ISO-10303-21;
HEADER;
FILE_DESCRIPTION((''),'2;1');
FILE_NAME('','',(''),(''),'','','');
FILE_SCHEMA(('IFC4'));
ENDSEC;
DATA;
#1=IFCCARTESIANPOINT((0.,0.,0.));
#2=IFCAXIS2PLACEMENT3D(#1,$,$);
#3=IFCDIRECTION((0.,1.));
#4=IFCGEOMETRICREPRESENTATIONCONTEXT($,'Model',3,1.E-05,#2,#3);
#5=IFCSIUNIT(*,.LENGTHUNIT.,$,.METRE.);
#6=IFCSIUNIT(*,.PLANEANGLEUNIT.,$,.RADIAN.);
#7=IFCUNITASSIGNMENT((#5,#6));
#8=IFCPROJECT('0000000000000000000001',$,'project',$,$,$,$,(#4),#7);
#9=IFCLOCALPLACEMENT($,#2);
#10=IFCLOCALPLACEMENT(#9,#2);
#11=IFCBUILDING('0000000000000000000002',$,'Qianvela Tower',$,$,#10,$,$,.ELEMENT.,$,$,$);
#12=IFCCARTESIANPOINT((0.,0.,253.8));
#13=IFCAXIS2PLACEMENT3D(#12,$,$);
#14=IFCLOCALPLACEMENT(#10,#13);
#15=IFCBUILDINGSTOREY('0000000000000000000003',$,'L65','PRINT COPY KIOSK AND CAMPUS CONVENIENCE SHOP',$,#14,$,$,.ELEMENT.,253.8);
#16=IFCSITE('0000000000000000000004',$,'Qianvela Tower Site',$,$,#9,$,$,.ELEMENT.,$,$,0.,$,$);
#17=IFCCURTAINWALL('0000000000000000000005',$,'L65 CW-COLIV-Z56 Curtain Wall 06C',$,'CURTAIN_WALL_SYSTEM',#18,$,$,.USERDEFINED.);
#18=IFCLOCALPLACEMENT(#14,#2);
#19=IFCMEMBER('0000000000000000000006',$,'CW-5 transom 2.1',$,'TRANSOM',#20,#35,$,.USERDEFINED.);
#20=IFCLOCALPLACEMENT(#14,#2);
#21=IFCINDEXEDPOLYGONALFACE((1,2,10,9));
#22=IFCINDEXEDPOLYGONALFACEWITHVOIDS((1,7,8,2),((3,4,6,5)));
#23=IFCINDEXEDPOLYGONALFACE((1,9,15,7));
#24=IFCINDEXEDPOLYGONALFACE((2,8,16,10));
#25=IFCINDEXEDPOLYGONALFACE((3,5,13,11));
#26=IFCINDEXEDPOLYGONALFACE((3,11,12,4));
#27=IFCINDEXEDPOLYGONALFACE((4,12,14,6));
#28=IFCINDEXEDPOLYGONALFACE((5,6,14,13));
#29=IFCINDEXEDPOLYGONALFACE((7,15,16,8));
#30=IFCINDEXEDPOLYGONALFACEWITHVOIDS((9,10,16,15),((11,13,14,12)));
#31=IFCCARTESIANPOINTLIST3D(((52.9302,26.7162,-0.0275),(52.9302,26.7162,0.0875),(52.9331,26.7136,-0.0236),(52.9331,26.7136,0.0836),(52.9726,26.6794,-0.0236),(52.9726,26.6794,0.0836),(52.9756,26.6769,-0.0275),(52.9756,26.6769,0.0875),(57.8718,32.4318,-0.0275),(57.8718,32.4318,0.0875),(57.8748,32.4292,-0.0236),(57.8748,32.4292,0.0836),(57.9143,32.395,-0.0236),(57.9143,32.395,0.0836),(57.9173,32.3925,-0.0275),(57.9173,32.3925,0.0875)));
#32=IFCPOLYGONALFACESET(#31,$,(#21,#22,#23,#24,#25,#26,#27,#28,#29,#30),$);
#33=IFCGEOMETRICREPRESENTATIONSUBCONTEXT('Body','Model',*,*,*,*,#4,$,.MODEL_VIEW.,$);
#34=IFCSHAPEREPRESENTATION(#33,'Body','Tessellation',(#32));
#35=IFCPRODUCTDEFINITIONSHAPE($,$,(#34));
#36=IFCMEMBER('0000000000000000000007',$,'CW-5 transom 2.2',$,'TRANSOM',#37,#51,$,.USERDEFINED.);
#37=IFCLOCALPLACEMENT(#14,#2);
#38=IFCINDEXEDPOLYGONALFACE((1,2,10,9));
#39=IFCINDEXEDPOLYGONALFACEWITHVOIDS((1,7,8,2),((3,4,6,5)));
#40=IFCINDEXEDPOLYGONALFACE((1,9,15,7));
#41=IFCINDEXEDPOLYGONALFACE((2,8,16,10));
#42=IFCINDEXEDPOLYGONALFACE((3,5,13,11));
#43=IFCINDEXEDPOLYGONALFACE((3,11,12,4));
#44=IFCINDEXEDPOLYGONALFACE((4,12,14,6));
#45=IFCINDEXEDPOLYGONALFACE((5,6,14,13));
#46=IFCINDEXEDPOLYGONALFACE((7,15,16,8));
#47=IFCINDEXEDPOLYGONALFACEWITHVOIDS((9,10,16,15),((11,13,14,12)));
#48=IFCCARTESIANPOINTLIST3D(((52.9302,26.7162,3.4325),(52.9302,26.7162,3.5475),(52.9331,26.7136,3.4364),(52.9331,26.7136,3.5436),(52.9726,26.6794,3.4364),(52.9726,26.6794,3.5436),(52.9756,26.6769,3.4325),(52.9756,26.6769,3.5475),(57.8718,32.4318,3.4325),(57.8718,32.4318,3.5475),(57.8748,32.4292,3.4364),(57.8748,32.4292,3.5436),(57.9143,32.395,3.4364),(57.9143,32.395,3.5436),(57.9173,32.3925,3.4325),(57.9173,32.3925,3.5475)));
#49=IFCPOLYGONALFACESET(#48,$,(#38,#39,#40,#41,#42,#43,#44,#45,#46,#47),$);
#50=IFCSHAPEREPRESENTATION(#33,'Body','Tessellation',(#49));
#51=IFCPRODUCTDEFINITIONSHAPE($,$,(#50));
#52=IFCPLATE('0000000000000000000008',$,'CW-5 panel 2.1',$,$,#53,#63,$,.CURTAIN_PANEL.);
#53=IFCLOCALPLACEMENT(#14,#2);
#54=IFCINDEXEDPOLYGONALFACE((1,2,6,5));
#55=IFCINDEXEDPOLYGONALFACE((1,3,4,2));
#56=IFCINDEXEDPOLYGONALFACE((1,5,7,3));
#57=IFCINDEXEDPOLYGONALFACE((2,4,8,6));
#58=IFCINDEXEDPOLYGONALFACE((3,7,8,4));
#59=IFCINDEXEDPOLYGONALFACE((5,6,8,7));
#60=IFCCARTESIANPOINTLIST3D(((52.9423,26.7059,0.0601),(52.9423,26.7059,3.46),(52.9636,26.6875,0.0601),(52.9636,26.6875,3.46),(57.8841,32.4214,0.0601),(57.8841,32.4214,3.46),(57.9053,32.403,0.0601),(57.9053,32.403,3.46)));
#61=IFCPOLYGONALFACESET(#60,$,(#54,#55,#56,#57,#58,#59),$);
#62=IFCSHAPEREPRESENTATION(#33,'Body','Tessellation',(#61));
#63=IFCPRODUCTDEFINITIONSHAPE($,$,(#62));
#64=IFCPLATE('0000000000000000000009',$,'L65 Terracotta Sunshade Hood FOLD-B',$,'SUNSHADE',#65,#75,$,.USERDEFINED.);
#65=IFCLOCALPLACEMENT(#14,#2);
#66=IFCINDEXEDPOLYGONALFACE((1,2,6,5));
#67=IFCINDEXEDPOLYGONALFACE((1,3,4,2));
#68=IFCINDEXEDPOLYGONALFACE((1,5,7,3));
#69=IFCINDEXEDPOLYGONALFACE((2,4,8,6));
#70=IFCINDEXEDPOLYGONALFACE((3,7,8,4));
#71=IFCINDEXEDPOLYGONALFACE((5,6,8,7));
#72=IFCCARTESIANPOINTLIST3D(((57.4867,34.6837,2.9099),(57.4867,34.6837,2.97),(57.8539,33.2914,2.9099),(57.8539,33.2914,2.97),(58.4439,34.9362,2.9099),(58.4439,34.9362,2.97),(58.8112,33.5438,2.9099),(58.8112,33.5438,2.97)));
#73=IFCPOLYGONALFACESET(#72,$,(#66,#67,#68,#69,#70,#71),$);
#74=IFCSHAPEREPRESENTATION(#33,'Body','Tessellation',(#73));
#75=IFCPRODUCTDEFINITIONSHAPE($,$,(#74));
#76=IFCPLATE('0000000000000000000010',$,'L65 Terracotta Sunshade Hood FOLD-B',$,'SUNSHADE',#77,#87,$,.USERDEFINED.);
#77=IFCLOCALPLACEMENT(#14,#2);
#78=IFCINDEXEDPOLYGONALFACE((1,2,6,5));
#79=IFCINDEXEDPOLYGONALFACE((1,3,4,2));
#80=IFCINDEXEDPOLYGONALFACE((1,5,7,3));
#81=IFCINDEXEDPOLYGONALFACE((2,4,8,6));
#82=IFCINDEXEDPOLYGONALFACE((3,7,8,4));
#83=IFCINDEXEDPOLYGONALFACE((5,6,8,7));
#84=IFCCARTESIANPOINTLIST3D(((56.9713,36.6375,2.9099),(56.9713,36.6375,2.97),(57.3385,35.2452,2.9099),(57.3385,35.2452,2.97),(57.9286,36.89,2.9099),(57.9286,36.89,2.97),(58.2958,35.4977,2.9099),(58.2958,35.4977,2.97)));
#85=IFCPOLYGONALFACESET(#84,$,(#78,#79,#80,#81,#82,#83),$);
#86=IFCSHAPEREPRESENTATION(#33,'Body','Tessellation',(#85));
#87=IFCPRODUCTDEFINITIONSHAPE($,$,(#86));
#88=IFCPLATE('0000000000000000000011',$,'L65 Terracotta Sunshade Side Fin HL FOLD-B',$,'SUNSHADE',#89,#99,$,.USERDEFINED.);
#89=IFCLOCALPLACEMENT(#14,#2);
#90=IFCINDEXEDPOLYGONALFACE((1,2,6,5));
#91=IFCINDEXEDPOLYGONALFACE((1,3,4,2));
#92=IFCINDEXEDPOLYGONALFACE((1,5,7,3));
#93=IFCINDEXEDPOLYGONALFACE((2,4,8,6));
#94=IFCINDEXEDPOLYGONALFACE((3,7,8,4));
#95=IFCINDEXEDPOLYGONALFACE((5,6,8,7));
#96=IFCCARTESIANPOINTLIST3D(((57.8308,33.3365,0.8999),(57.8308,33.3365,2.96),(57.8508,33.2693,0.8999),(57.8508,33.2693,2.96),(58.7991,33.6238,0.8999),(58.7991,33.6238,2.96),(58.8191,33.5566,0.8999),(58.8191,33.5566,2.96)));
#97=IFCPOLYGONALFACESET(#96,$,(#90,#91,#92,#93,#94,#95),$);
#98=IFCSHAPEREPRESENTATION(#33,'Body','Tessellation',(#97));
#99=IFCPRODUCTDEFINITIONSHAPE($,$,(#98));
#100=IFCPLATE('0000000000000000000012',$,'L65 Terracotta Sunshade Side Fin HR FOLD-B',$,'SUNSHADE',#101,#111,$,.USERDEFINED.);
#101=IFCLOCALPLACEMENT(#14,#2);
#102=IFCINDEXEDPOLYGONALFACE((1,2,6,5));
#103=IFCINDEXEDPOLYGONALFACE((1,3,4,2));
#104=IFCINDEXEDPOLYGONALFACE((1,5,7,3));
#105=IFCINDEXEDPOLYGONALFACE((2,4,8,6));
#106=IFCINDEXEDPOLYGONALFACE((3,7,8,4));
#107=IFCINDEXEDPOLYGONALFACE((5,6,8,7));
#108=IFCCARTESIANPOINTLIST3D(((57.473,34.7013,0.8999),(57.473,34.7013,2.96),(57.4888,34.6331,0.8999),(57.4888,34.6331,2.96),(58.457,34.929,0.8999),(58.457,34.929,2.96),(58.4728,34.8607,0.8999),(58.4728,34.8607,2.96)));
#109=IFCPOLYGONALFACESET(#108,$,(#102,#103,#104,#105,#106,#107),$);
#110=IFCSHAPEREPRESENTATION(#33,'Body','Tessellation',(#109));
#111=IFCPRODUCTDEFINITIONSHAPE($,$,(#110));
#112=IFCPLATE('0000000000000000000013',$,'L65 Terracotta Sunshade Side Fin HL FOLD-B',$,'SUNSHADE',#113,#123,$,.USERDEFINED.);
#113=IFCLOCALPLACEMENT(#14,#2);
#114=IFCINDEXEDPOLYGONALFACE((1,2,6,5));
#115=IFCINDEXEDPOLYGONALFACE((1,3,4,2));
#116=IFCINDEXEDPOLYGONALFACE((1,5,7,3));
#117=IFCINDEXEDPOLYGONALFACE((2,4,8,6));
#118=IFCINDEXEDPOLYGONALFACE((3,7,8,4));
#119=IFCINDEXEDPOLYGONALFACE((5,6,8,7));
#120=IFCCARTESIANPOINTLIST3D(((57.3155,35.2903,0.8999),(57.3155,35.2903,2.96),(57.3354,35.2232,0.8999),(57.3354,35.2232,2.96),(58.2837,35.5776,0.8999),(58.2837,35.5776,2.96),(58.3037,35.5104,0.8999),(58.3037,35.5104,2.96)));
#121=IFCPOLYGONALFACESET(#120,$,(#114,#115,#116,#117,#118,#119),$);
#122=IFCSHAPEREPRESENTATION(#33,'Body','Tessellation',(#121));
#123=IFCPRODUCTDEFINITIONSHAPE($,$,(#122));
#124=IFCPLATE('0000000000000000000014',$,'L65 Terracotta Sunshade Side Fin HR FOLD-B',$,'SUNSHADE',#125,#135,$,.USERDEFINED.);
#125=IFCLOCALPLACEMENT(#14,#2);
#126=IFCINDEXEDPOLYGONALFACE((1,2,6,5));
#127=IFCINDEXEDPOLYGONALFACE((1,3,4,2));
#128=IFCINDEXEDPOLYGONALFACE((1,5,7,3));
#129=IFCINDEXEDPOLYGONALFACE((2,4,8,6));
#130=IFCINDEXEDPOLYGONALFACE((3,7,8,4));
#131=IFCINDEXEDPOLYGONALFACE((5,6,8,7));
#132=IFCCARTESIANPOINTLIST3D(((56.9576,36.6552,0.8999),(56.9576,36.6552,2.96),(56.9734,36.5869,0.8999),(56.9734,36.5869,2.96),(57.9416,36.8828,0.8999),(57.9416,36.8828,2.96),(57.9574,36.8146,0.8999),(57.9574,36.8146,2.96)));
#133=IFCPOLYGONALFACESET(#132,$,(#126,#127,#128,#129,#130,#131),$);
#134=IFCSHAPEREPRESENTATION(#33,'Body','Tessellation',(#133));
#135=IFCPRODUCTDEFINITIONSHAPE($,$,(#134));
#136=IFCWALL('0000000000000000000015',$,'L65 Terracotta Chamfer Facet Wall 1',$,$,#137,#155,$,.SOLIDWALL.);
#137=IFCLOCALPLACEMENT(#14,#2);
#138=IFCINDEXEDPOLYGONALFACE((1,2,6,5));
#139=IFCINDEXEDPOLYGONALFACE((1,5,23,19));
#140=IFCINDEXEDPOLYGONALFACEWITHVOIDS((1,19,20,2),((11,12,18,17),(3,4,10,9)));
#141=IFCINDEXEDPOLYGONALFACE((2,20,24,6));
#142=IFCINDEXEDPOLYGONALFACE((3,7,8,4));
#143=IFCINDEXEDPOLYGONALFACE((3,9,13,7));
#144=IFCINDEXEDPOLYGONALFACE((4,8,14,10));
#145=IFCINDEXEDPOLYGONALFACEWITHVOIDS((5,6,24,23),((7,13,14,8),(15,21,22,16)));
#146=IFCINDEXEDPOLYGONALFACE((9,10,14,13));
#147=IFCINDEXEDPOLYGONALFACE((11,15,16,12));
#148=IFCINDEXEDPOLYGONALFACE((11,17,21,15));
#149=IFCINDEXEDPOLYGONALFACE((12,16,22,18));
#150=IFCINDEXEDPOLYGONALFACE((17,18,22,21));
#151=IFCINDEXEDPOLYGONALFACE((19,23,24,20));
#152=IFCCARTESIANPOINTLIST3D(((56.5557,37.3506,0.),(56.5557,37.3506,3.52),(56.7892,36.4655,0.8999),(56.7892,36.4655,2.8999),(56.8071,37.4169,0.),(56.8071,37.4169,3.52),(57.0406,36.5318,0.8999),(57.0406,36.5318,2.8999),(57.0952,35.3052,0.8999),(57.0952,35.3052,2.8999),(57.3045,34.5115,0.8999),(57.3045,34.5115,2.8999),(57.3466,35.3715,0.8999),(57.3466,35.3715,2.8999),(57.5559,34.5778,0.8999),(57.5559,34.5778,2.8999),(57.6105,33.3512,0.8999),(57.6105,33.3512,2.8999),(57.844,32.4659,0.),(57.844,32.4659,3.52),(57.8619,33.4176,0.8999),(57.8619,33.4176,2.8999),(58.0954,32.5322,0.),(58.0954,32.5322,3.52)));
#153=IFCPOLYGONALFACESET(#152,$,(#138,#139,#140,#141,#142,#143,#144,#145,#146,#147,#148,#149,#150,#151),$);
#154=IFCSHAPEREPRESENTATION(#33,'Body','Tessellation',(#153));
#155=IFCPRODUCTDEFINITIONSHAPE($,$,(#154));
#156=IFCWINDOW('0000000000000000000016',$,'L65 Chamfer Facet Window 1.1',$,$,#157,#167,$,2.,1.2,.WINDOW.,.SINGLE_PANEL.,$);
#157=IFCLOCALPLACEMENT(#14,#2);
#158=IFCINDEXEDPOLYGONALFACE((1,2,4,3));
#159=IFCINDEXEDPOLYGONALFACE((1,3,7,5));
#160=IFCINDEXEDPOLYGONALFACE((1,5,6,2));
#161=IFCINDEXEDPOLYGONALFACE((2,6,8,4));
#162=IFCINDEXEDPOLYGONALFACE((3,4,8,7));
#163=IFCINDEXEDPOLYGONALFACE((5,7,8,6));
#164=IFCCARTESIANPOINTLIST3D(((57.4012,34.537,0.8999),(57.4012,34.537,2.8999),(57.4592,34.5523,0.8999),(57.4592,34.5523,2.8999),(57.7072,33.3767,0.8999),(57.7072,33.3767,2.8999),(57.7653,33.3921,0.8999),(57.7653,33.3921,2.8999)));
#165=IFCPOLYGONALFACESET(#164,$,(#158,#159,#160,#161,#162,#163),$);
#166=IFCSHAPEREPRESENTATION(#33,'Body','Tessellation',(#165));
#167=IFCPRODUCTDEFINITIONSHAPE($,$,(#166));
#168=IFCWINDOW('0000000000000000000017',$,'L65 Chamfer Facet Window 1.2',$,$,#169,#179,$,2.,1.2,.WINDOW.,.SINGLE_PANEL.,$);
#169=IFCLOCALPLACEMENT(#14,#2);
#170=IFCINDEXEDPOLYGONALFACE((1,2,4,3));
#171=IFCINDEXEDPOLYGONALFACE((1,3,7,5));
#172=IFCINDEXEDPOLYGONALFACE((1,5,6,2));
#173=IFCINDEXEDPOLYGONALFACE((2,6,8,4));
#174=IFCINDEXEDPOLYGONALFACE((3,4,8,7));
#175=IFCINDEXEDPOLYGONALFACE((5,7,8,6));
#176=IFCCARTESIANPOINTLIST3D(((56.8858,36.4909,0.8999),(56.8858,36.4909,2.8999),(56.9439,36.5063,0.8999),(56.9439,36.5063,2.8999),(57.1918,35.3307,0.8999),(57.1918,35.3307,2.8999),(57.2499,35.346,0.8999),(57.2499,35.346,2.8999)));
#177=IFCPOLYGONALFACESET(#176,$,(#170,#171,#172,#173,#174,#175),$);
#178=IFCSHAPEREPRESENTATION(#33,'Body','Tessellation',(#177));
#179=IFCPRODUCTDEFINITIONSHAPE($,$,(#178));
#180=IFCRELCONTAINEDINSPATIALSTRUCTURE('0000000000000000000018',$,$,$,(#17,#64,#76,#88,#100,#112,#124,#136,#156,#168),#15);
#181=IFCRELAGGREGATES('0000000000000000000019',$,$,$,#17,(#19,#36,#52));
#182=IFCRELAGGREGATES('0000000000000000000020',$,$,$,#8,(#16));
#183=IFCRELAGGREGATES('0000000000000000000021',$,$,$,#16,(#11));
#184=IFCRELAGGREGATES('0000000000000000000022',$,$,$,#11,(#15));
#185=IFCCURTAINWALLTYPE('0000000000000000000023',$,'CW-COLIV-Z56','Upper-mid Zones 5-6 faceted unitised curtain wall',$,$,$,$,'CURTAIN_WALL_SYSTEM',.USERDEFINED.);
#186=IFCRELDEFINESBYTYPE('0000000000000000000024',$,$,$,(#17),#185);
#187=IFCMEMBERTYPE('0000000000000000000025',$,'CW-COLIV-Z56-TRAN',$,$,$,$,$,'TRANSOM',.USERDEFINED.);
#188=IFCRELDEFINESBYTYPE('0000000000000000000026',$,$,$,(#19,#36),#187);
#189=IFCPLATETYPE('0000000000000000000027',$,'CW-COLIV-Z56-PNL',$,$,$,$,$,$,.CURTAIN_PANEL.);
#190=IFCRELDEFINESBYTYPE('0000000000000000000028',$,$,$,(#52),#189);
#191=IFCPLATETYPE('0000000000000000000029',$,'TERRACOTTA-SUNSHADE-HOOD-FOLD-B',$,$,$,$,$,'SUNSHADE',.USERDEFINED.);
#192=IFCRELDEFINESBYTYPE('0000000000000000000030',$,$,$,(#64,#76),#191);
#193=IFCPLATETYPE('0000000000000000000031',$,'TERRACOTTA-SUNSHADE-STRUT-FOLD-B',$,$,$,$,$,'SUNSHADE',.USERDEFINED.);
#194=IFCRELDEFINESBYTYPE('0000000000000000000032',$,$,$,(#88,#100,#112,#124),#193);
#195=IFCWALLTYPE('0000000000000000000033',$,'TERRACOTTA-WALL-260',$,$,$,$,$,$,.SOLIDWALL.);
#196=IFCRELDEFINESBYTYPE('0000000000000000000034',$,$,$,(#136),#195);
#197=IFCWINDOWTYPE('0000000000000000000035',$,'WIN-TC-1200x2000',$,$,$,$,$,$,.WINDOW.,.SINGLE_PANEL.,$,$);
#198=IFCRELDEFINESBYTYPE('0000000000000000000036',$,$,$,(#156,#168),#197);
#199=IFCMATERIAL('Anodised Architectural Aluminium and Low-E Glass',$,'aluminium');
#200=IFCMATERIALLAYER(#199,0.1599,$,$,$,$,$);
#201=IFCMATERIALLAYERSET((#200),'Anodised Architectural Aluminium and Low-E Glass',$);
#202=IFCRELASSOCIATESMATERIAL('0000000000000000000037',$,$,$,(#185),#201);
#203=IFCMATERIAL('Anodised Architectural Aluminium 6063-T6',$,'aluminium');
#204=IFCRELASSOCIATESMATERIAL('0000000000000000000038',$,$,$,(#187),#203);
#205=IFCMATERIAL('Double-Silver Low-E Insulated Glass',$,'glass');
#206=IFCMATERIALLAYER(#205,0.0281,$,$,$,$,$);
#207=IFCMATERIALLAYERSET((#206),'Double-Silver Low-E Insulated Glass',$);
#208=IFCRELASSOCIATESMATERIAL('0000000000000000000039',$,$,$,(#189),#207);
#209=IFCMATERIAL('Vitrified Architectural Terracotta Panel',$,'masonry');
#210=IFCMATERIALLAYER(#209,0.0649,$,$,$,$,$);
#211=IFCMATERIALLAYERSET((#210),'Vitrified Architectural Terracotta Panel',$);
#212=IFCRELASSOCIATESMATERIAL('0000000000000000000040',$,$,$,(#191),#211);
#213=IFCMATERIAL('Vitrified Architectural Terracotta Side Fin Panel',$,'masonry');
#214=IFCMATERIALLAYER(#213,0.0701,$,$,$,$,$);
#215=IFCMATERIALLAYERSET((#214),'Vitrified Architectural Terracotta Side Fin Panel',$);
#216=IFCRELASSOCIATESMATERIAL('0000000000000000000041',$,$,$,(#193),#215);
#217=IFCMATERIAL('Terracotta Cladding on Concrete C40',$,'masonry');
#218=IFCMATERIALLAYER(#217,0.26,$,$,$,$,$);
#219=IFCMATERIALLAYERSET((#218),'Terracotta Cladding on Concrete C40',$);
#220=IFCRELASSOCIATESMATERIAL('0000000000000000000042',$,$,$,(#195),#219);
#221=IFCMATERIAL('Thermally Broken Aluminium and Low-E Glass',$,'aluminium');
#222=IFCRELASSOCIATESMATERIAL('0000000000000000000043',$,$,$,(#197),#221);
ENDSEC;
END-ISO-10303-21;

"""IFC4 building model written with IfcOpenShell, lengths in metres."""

from ifc_helpers import new_model, si_unit, direction, frame, frame_2d, origin, origin_2d, place, context, subcontext, project, spatial, rectangle, hollow_rectangle, extrude, material, layer, layer_set, material_profile, profile_set, type_object, element, fill, aggregate, save


model = new_model("IFC4")

# Units and contexts
model_context = context("Model", 3, precision=1e-05, world=origin(), true_north=direction((0.0, 1.0)))
body_context = subcontext(model_context, "Body", "Model", "MODEL_VIEW")
ifc_project = project(units=[si_unit("LENGTHUNIT", "METRE"), si_unit("PLANEANGLEUNIT", "RADIAN")], contexts=[model_context])

# Site, building, storey
site_placement = place(None, origin())
site = spatial("IfcSite", under=ifc_project, at=site_placement, Name="Qianvela Tower Site", CompositionType="ELEMENT", RefElevation=0.0)
building_placement = place(site_placement, origin())
building = spatial("IfcBuilding", under=site, at=building_placement, Name="Qianvela Tower", CompositionType="ELEMENT")
storey_placement = place(building_placement, frame((0.0, 0.0, 253.8)))
storey = spatial("IfcBuildingStorey", under=building, at=storey_placement, Name="L65", Description="PRINT COPY KIOSK AND CAMPUS CONVENIENCE SHOP", CompositionType="ELEMENT", Elevation=253.8)

# Curtain wall
ifc_material_1 = material(Name="Anodised Architectural Aluminium and Low-E Glass", Category="aluminium")
ifc_layer_1 = layer(ifc_material_1, 0.1599)
ifc_layer_set_1 = layer_set([ifc_layer_1], Name="Anodised Architectural Aluminium and Low-E Glass")
curtain_wall_type = type_object("IfcCurtainWallType", Name="CW-COLIV-Z56", Description="Upper-mid Zones 5-6 faceted unitised curtain wall", ElementType="CURTAIN_WALL_SYSTEM", PredefinedType="USERDEFINED", material=ifc_layer_set_1)
curtain_wall_1_placement = place(storey_placement, origin())
curtain_wall_1 = element("IfcCurtainWall", 1, at=curtain_wall_1_placement, inside=storey, type_object=curtain_wall_type, Name="L65 CW-COLIV-Z56 Curtain Wall 06C", ObjectType="CURTAIN_WALL_SYSTEM", PredefinedType="USERDEFINED")

# Members
ifc_material_2 = material(Name="Anodised Architectural Aluminium 6063-T6", Category="aluminium")
ifc_material_profile_1 = material_profile(ifc_material_2, hollow_rectangle(XDim=0.0601, YDim=0.115, WallThickness=0.0039, at=origin_2d()), Name="ALU-TRAN-60x115")
ifc_profile_set_1 = profile_set([ifc_material_profile_1], Name="Anodised Architectural Aluminium 6063-T6")
member_type_1 = type_object("IfcMemberType", Name="CW-COLIV-Z56-TRAN", ElementType="TRANSOM", PredefinedType="USERDEFINED", material=ifc_profile_set_1)
member_1_placement = place(storey_placement, frame((52.9529, 26.6965, 0.03), z_axis=(0.654035, 0.756465, 0.0), x_axis=(-0.756465, 0.654035, 0.0)))
member_1 = element("IfcMember", 2, at=member_1_placement, type_object=member_type_1, Name="CW-5 transom 2.1", ObjectType="TRANSOM", PredefinedType="USERDEFINED", context=body_context, shape_type="SweptSolid", body=[
    extrude(hollow_rectangle(XDim=0.0601, YDim=0.115, WallThickness=0.0039, at=origin_2d()), origin(), (0.0, 0.0, 1.0), 7.5557),
])
member_2_placement = place(storey_placement, frame((52.9529, 26.6965, 3.49), z_axis=(0.654035, 0.756465, 0.0), x_axis=(-0.756465, 0.654035, 0.0)))
member_2 = element("IfcMember", 3, at=member_2_placement, type_object=member_type_1, Name="CW-5 transom 2.2", ObjectType="TRANSOM", PredefinedType="USERDEFINED", context=body_context, shape_type="SweptSolid", body=[
    extrude(hollow_rectangle(XDim=0.0601, YDim=0.115, WallThickness=0.0039, at=origin_2d()), origin(), (0.0, 0.0, 1.0), 7.5557),
])

# Plate
ifc_material_3 = material(Name="Double-Silver Low-E Insulated Glass", Category="glass")
ifc_layer_2 = layer(ifc_material_3, 0.0281)
ifc_layer_set_2 = layer_set([ifc_layer_2], Name="Double-Silver Low-E Insulated Glass")
plate_type_1 = type_object("IfcPlateType", Name="CW-COLIV-Z56-PNL", PredefinedType="CURTAIN_PANEL", material=ifc_layer_set_2)
plate_placement = place(storey_placement, frame((55.4238, 29.5544, 0.0601), z_axis=(0.0, 0.0, 1.0), x_axis=(0.654043, 0.756458, 0.0)))
plate = element("IfcPlate", 4, at=plate_placement, type_object=plate_type_1, Name="CW-5 panel 2.1", PredefinedType="CURTAIN_PANEL", context=body_context, shape_type="SweptSolid", body=[
    extrude(rectangle(XDim=7.5557, YDim=0.0281, at=origin_2d()), origin(), (0.0, 0.0, 1.0), 3.3999),
])
aggregate(curtain_wall_1, [member_1, member_2, plate])

# Plates
ifc_material_4 = material(Name="Vitrified Architectural Terracotta Panel", Category="masonry")
ifc_layer_3 = layer(ifc_material_4, 0.0649)
ifc_layer_set_3 = layer_set([ifc_layer_3], Name="Vitrified Architectural Terracotta Panel")
plate_type_2 = type_object("IfcPlateType", Name="TERRACOTTA-SUNSHADE-HOOD-FOLD-B", ElementType="SUNSHADE", PredefinedType="USERDEFINED", material=ifc_layer_set_3)
for number, where, z_axis, x_axis, name in (
    (5, (58.1489, 34.1138, 2.9099), (0.0, 0.0, 1.0), (-0.255036, 0.966932, 0.0), "L65 Terracotta Sunshade Hood FOLD-B"),
    (6, (57.6335, 36.0676, 2.9099), (0.0, 0.0, 1.0), (-0.255036, 0.966932, 0.0), "L65 Terracotta Sunshade Hood FOLD-B"),
):
    element("IfcPlate", number, at=place(storey_placement, frame(where, z_axis=z_axis, x_axis=x_axis)), inside=storey, type_object=plate_type_2, Name=name, ObjectType="SUNSHADE", PredefinedType="USERDEFINED", context=body_context, shape_type="SweptSolid", body=[
        extrude(rectangle(XDim=1.4399, YDim=0.99, at=origin_2d()), origin(), (0.0, 0.0, 1.0), 0.0601),
    ])
ifc_material_5 = material(Name="Vitrified Architectural Terracotta Side Fin Panel", Category="masonry")
ifc_layer_4 = layer(ifc_material_5, 0.0701)
ifc_layer_set_4 = layer_set([ifc_layer_4], Name="Vitrified Architectural Terracotta Side Fin Panel")
plate_type_3 = type_object("IfcPlateType", Name="TERRACOTTA-SUNSHADE-STRUT-FOLD-B", ElementType="SUNSHADE", PredefinedType="USERDEFINED", material=ifc_layer_set_4)
for number, where, z_axis, x_axis, name in (
    (7, (58.325, 33.4465, 0.8999), (0.0, 0.0, 1.0), (-0.284445, 0.958692, 0.0), "L65 Terracotta Sunshade Side Fin HL FOLD-B"),
    (8, (57.9729, 34.781, 0.8999), (0.0, 0.0, 1.0), (-0.225388, 0.974269, 0.0), "L65 Terracotta Sunshade Side Fin HR FOLD-B"),
    (9, (57.8096, 35.4004, 0.8999), (0.0, 0.0, 1.0), (-0.284445, 0.958692, 0.0), "L65 Terracotta Sunshade Side Fin HL FOLD-B"),
    (10, (57.4575, 36.7349, 0.8999), (0.0, 0.0, 1.0), (-0.225388, 0.974269, 0.0), "L65 Terracotta Sunshade Side Fin HR FOLD-B"),
):
    element("IfcPlate", number, at=place(storey_placement, frame(where, z_axis=z_axis, x_axis=x_axis)), inside=storey, type_object=plate_type_3, Name=name, ObjectType="SUNSHADE", PredefinedType="USERDEFINED", context=body_context, shape_type="SweptSolid", body=[
        extrude(rectangle(XDim=0.0701, YDim=1.01, at=origin_2d()), origin(), (0.0, 0.0, 1.0), 2.0601),
    ])

# Wall, openings, windows
ifc_material_6 = material(Name="Terracotta Cladding on Concrete C40", Category="masonry")
ifc_layer_5 = layer(ifc_material_6, 0.26)
ifc_layer_set_5 = layer_set([ifc_layer_5], Name="Terracotta Cladding on Concrete C40")
wall_type_1 = type_object("IfcWallType", Name="TERRACOTTA-WALL-260", PredefinedType="SOLIDWALL", material=ifc_layer_set_5)
wall_1_placement = place(storey_placement, frame((57.9697, 32.499, 0.0), z_axis=(0.0, 0.0, 1.0), x_axis=(-0.255024, 0.966935, 0.0)))
wall_1 = element("IfcWall", 11, at=wall_1_placement, inside=storey, type_object=wall_type_1, Name="L65 Terracotta Chamfer Facet Wall 1", PredefinedType="SOLIDWALL", context=body_context, shape_type="SweptSolid", body=[
    extrude(rectangle(XDim=5.0518, YDim=0.26, at=frame_2d((2.5259, 0.0))), origin(), (0.0, 0.0, 1.0), 3.52),
])
opening_1_placement = place(wall_1_placement, frame((0.9155, 0.0, 0.8999)))
opening_1 = element("IfcOpeningElement", 12, at=opening_1_placement, cuts=wall_1, PredefinedType="OPENING", context=body_context, shape_type="SweptSolid", body=[
    extrude(rectangle(XDim=1.2, YDim=2.0, at=frame_2d((0.6001, 1.0))), frame((0.0, 0.1399, 0.0), z_axis=(0.0, -1.0, 0.0), x_axis=(1.0, 0.0, 0.0)), (0.0, 0.0, 1.0), 0.28),
])
opening_2_placement = place(wall_1_placement, frame((2.9363, 0.0, 0.8999)))
opening_2 = element("IfcOpeningElement", 13, at=opening_2_placement, cuts=wall_1, PredefinedType="OPENING", context=body_context, shape_type="SweptSolid", body=[
    extrude(rectangle(XDim=1.2, YDim=2.0, at=frame_2d((0.6001, 1.0))), frame((0.0, 0.1399, 0.0), z_axis=(0.0, -1.0, 0.0), x_axis=(1.0, 0.0, 0.0)), (0.0, 0.0, 1.0), 0.28),
])
ifc_material_7 = material(Name="Thermally Broken Aluminium and Low-E Glass", Category="aluminium")
window_type = type_object("IfcWindowType", Name="WIN-TC-1200x2000", PartitioningType="SINGLE_PANEL", PredefinedType="WINDOW", material=ifc_material_7)
window_1_placement = place(opening_1_placement, origin())
window_1 = element("IfcWindow", 14, at=window_1_placement, inside=storey, type_object=window_type, Name="L65 Chamfer Facet Window 1.1", OverallHeight=2.0, OverallWidth=1.2, PartitioningType="SINGLE_PANEL", PredefinedType="WINDOW", context=body_context, shape_type="SweptSolid", body=[
    extrude(rectangle(XDim=1.2, YDim=2.0, at=frame_2d((0.6001, 1.0))), frame((0.0, 0.03, 0.0), z_axis=(0.0, -1.0, 0.0), x_axis=(1.0, 0.0, 0.0)), (0.0, 0.0, 1.0), 0.0601),
])
fill(opening_1, window_1)
window_2_placement = place(opening_2_placement, origin())
window_2 = element("IfcWindow", 15, at=window_2_placement, inside=storey, type_object=window_type, Name="L65 Chamfer Facet Window 1.2", OverallHeight=2.0, OverallWidth=1.2, PartitioningType="SINGLE_PANEL", PredefinedType="WINDOW", context=body_context, shape_type="SweptSolid", body=[
    extrude(rectangle(XDim=1.2, YDim=2.0, at=frame_2d((0.6001, 1.0))), frame((0.0, 0.03, 0.0), z_axis=(0.0, -1.0, 0.0), x_axis=(1.0, 0.0, 0.0)), (0.0, 0.0, 1.0), 0.0601),
])
fill(opening_2, window_2)

save(model, "model.ifc")
